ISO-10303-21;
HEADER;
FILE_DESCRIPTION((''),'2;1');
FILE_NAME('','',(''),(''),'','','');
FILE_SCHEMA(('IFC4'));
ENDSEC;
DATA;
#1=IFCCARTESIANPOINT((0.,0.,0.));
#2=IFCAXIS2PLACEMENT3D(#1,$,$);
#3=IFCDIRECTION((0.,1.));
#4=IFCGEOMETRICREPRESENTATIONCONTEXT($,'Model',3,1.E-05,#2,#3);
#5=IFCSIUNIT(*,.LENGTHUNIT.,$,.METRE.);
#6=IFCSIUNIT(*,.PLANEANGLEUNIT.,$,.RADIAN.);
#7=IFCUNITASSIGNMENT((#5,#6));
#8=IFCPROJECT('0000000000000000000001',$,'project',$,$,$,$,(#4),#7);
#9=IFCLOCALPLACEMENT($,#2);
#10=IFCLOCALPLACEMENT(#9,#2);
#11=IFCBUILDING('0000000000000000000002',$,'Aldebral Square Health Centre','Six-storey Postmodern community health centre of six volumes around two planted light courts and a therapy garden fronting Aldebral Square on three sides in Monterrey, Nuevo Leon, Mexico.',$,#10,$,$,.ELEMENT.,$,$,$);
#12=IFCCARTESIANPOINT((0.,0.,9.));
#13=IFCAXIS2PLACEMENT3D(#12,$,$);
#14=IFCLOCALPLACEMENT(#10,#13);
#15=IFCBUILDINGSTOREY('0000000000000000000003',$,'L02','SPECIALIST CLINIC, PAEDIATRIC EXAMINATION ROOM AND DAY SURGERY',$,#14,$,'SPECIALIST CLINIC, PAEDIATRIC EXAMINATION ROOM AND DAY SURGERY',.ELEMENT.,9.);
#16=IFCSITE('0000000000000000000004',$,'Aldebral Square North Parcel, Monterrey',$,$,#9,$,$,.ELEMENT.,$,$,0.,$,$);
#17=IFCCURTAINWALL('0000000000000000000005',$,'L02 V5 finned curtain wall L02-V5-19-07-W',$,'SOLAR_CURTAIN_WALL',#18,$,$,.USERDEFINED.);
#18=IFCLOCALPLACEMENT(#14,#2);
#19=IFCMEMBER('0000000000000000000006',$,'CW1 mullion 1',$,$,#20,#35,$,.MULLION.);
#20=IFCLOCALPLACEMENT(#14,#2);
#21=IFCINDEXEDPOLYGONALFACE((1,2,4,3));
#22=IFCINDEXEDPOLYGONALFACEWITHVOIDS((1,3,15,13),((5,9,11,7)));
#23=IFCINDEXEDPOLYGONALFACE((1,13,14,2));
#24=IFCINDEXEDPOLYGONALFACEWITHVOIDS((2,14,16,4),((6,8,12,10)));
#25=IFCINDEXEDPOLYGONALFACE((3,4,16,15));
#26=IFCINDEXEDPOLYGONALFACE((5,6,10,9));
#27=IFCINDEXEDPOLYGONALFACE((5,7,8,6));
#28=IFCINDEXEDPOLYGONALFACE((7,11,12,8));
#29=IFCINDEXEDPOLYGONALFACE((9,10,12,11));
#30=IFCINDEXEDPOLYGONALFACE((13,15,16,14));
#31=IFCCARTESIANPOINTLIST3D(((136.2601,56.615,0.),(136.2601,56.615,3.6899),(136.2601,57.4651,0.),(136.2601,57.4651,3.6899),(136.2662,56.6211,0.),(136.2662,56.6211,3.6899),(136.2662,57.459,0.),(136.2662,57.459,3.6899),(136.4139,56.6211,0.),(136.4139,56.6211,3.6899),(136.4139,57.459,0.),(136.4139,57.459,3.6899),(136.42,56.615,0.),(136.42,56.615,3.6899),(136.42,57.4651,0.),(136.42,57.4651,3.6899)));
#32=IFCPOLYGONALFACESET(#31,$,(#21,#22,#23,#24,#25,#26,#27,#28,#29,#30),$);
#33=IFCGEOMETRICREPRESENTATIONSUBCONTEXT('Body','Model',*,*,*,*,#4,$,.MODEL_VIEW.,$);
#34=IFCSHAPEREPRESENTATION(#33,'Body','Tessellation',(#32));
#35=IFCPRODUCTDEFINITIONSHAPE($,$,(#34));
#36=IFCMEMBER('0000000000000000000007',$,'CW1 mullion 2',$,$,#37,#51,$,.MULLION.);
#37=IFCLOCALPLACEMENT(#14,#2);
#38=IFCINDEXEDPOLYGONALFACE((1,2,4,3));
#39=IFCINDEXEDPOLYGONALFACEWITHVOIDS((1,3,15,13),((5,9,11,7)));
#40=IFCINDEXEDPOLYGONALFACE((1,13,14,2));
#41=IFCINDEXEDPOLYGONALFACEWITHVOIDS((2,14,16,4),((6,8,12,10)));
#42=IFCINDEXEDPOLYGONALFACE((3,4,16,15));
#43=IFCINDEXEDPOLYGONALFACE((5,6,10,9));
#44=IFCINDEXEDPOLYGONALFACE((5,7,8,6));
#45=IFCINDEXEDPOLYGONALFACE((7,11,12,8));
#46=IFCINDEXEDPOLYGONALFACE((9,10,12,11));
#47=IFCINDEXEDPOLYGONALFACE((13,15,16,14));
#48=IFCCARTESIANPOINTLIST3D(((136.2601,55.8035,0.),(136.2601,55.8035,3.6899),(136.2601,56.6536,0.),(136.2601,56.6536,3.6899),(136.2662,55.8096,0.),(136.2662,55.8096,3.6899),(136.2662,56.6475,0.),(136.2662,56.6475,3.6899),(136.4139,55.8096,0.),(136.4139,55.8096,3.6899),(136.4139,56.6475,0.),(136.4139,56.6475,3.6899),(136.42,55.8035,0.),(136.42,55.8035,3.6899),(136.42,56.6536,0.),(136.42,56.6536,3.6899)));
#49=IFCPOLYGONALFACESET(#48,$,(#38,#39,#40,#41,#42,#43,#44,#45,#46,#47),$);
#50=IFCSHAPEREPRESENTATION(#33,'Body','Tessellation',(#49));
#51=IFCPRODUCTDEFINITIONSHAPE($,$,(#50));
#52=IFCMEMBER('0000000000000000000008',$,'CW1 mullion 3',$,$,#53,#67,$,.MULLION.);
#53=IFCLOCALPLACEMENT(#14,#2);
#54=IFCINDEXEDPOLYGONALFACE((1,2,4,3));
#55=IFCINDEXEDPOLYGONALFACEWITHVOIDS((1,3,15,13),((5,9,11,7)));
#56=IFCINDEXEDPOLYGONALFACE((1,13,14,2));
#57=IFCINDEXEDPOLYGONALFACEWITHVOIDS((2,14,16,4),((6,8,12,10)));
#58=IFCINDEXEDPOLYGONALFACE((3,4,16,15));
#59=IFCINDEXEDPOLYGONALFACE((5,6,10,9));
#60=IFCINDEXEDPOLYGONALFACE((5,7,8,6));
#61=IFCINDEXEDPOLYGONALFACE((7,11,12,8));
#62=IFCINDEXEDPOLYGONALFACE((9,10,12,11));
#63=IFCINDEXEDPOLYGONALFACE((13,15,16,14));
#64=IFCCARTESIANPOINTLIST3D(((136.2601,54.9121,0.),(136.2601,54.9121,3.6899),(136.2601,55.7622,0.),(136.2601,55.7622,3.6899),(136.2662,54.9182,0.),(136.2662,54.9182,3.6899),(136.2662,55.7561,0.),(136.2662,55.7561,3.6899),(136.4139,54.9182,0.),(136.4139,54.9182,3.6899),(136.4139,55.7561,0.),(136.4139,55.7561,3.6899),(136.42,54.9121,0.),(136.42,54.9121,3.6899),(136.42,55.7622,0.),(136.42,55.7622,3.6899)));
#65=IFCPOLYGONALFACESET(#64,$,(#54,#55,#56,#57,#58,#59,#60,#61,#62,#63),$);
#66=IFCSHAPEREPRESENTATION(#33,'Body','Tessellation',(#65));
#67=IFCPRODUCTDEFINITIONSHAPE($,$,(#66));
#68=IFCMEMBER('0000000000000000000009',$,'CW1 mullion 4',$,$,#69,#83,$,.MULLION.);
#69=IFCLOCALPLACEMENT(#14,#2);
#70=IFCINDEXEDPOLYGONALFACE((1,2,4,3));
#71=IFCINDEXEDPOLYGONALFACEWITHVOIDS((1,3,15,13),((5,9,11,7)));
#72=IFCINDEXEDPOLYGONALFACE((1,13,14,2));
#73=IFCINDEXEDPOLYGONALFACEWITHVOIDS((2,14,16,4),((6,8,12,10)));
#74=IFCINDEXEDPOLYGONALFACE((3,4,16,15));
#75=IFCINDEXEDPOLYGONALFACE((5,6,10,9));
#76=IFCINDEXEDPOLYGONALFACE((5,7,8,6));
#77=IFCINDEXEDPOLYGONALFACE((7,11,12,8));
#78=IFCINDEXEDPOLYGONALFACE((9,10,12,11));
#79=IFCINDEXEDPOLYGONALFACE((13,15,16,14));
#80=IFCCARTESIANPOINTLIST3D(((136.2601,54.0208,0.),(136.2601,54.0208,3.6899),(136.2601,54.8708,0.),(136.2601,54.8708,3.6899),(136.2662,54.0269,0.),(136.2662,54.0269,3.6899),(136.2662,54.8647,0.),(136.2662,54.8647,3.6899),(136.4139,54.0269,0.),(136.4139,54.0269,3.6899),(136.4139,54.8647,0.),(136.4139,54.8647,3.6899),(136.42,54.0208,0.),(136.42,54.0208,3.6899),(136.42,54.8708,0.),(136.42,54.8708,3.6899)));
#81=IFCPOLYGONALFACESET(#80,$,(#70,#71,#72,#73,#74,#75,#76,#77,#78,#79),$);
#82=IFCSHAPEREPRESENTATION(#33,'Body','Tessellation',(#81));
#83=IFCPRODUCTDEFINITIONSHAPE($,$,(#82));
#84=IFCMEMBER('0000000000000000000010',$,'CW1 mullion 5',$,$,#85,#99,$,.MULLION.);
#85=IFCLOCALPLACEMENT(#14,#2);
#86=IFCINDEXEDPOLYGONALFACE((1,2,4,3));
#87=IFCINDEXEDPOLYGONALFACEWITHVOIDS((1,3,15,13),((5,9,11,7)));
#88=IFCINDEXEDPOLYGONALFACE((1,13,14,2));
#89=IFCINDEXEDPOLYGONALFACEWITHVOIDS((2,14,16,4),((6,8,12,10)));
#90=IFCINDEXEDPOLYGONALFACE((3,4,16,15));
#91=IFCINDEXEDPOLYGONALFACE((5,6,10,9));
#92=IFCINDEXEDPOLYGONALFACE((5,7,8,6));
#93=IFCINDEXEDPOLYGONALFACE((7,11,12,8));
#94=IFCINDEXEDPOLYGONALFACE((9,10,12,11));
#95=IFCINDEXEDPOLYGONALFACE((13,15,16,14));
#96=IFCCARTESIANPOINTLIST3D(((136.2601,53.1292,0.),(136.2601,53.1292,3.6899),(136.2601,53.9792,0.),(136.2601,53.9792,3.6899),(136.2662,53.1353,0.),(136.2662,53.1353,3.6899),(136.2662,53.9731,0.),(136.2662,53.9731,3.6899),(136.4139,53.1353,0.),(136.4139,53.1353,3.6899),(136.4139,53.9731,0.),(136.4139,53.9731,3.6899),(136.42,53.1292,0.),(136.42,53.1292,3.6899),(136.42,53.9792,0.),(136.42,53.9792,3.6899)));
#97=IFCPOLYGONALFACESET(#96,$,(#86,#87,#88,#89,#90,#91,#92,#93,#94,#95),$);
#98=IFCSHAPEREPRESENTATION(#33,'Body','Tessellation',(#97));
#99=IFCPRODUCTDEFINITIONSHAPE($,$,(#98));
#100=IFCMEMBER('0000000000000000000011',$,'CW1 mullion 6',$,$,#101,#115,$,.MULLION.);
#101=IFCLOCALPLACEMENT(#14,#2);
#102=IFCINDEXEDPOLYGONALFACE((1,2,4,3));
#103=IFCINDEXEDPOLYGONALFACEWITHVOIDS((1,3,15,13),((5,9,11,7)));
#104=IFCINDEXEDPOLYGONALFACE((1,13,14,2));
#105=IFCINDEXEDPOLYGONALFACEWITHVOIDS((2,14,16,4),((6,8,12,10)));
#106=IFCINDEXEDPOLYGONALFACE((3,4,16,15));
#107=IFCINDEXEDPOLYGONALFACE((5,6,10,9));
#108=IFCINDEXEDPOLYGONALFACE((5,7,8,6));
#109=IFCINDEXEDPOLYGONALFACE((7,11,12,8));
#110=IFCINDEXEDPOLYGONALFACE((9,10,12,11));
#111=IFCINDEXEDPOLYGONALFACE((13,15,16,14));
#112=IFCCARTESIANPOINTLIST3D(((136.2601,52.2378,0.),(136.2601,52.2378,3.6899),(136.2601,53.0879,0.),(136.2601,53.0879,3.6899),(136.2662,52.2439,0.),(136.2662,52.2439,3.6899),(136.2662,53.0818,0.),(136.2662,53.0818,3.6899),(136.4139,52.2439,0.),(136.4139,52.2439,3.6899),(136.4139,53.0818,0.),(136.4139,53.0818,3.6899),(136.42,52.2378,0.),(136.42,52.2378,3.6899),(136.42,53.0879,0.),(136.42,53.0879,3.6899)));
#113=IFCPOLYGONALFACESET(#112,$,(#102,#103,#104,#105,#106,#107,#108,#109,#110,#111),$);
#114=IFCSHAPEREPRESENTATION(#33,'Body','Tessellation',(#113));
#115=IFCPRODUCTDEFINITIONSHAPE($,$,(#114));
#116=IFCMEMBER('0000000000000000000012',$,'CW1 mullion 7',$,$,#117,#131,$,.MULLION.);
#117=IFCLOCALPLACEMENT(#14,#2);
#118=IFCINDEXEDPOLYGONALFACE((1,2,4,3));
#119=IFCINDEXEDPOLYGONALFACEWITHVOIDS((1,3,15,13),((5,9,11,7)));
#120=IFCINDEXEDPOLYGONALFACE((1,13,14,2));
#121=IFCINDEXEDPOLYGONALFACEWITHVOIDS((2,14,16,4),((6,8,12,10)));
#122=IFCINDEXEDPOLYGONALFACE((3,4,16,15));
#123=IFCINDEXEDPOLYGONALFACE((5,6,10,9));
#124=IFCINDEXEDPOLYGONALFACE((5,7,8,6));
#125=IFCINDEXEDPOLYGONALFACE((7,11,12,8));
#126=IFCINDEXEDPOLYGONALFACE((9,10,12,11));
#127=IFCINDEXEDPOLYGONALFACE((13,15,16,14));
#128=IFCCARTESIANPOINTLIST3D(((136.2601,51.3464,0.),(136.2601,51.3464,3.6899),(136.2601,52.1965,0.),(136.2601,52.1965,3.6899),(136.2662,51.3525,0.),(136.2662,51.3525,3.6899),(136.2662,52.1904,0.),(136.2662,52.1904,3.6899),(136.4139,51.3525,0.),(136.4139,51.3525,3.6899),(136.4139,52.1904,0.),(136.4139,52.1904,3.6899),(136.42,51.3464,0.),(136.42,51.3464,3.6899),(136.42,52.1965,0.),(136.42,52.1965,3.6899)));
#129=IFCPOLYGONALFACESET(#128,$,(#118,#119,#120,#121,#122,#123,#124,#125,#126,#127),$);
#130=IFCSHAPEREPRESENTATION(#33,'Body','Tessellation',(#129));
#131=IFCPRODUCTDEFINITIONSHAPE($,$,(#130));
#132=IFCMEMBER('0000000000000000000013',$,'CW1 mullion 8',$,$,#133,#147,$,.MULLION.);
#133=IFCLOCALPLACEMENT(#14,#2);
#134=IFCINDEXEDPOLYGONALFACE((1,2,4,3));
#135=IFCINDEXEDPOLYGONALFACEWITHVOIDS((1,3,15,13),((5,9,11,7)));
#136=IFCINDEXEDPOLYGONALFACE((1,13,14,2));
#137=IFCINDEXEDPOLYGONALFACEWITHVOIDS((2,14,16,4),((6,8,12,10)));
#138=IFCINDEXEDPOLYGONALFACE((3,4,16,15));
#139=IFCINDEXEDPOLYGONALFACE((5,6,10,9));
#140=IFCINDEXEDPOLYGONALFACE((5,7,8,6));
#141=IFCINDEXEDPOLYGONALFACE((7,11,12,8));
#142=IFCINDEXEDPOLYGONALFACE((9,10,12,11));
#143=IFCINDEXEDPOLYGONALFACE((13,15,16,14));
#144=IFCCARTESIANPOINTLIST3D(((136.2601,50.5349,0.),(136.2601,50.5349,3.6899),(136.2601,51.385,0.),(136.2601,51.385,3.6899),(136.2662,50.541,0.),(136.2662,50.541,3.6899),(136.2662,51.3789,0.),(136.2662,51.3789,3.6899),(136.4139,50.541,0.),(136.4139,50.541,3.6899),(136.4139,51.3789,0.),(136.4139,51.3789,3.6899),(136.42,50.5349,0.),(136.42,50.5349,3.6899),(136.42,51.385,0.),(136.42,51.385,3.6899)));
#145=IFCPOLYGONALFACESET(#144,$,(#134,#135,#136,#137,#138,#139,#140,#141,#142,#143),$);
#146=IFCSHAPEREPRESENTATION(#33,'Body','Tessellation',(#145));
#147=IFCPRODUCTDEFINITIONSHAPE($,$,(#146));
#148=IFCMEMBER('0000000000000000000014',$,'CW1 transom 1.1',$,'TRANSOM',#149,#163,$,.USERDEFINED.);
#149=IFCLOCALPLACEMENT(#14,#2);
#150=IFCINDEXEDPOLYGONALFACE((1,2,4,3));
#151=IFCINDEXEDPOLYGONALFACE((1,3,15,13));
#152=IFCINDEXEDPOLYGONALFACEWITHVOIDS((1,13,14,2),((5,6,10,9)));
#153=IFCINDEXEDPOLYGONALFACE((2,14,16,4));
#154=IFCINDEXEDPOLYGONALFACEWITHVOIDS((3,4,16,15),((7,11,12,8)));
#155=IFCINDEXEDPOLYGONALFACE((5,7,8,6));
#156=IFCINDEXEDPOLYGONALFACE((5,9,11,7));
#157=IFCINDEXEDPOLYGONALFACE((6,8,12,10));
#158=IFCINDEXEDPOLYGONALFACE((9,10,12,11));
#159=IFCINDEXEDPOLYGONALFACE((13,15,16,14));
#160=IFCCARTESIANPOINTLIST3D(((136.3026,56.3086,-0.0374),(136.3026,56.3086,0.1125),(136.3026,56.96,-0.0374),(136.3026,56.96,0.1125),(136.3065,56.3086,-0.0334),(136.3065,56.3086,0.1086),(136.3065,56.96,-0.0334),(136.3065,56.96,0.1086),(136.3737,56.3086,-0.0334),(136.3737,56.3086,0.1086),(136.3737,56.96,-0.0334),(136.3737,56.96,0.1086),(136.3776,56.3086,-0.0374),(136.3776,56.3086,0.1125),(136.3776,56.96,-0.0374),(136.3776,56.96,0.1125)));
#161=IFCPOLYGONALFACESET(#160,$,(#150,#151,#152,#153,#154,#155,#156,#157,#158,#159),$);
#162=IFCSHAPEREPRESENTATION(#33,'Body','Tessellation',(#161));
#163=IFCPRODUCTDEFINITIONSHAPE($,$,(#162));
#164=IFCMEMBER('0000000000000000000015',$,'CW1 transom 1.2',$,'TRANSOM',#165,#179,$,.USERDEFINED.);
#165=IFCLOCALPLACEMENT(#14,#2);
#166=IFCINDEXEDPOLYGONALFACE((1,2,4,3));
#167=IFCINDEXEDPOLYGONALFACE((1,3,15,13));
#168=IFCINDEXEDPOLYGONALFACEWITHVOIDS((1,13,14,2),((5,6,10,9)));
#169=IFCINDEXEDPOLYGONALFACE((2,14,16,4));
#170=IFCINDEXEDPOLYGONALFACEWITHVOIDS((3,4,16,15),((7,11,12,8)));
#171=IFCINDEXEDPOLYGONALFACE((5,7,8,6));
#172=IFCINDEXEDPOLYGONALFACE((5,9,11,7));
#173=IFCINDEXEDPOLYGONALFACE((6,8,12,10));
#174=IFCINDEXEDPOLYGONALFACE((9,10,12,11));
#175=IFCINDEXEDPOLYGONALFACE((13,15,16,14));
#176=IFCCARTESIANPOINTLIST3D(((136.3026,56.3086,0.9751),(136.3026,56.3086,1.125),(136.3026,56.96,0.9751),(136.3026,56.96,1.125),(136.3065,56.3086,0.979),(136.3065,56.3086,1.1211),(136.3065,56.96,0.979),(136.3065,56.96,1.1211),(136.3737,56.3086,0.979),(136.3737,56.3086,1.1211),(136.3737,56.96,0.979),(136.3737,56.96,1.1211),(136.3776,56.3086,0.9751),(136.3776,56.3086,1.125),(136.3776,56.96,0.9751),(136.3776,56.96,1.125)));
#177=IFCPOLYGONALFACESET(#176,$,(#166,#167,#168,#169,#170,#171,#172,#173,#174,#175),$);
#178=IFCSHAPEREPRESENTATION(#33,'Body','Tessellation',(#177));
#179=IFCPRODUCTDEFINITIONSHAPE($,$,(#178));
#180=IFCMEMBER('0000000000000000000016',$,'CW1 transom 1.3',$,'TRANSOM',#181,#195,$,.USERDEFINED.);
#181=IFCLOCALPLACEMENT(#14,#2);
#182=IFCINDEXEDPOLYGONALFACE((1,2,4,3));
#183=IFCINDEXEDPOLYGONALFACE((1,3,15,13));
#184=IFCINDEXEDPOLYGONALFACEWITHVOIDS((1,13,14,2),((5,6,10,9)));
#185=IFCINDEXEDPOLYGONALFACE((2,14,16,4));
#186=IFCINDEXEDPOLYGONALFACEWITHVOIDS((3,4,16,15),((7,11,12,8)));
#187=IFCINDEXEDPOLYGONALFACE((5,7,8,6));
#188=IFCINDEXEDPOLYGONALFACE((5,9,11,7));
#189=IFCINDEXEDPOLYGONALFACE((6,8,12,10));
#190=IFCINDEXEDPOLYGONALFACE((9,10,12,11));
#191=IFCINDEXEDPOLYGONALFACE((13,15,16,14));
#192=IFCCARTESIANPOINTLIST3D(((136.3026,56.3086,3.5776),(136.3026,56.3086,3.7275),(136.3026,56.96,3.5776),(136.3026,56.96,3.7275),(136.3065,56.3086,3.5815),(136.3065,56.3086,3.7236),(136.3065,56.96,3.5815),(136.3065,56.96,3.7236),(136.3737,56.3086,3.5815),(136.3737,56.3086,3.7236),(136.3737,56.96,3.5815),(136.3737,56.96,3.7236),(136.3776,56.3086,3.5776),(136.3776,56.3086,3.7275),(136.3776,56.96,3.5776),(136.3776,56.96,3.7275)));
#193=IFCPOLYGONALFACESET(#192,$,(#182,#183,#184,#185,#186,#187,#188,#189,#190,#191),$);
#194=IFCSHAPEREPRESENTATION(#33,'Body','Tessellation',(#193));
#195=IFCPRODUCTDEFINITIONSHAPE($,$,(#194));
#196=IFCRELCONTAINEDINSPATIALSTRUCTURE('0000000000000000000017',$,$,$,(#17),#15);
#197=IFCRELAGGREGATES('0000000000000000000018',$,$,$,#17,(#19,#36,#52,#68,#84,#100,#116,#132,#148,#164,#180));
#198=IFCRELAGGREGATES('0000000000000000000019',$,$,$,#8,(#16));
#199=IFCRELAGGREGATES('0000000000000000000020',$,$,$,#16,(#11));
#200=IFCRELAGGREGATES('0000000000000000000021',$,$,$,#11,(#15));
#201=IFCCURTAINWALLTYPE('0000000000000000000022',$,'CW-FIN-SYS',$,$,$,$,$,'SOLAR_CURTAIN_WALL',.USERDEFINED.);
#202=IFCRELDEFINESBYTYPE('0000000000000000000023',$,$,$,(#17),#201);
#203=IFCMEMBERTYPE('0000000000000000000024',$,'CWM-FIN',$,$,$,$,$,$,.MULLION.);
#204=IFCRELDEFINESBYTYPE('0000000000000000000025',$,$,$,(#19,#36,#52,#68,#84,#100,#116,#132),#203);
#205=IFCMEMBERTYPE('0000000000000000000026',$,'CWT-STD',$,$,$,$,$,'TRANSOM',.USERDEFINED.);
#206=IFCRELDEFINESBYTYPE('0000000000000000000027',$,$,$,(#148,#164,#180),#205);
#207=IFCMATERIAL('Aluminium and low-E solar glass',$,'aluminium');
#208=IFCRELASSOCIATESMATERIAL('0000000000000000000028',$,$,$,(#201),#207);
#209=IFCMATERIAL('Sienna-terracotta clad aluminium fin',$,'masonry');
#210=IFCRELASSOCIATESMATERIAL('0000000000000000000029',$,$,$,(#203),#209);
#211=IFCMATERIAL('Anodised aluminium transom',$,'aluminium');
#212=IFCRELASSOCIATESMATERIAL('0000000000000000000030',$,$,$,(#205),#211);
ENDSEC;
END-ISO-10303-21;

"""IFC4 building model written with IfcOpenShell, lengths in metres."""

from ifc_helpers import new_model, si_unit, direction, frame, origin, origin_2d, place, context, subcontext, project, spatial, hollow_rectangle, extrude, material, material_profile, profile_set, type_object, element, aggregate, save


model = new_model("IFC4")

# Units and contexts
model_context = context("Model", 3, precision=1e-05, world=origin(), true_north=direction((0.0, 1.0)))
body_context = subcontext(model_context, "Body", "Model", "MODEL_VIEW")
ifc_project = project(units=[si_unit("LENGTHUNIT", "METRE"), si_unit("PLANEANGLEUNIT", "RADIAN")], contexts=[model_context])

# Site, building, storey
site_placement = place(None, origin())
site = spatial("IfcSite", under=ifc_project, at=site_placement, Name="Aldebral Square North Parcel, Monterrey", CompositionType="ELEMENT", RefElevation=0.0)
building_placement = place(site_placement, origin())
building = spatial("IfcBuilding", under=site, at=building_placement, Name="Aldebral Square Health Centre", Description="Six-storey Postmodern community health centre of six volumes around two planted light courts and a therapy garden fronting Aldebral Square on three sides in Monterrey, Nuevo Leon, Mexico.", CompositionType="ELEMENT")
storey_placement = place(building_placement, frame((0.0, 0.0, 9.0)))
storey = spatial("IfcBuildingStorey", under=building, at=storey_placement, Name="L02", Description="SPECIALIST CLINIC, PAEDIATRIC EXAMINATION ROOM AND DAY SURGERY", LongName="SPECIALIST CLINIC, PAEDIATRIC EXAMINATION ROOM AND DAY SURGERY", CompositionType="ELEMENT", Elevation=9.0)

# Curtain wall, members
ifc_material_1 = material(Name="Aluminium and low-E solar glass", Category="aluminium")
curtain_wall_type = type_object("IfcCurtainWallType", Name="CW-FIN-SYS", ElementType="SOLAR_CURTAIN_WALL", PredefinedType="USERDEFINED", material=ifc_material_1)
curtain_wall_placement = place(storey_placement, origin())
curtain_wall = element("IfcCurtainWall", 1, at=curtain_wall_placement, inside=storey, type_object=curtain_wall_type, Name="L02 V5 finned curtain wall L02-V5-19-07-W", ObjectType="SOLAR_CURTAIN_WALL", PredefinedType="USERDEFINED")
ifc_material_2 = material(Name="Sienna-terracotta clad aluminium fin", Category="masonry")
ifc_material_profile_1 = material_profile(ifc_material_2, hollow_rectangle(XDim=0.1599, YDim=0.8501, WallThickness=0.0061, at=origin_2d()), Name="FIN 160x850x6")
ifc_profile_set_1 = profile_set([ifc_material_profile_1], Name="Sienna-terracotta clad aluminium fin")
member_type_1 = type_object("IfcMemberType", Name="CWM-FIN", PredefinedType="MULLION", material=ifc_profile_set_1)
member_1_placement = place(storey_placement, frame((136.3401, 57.04, 0.0), z_axis=(0.0, 0.0, 1.0), x_axis=(1.0, 0.0, 0.0)))
member_1 = element("IfcMember", 2, at=member_1_placement, type_object=member_type_1, Name="CW1 mullion 1", PredefinedType="MULLION", context=body_context, shape_type="SweptSolid", body=[
    extrude(hollow_rectangle(XDim=0.1599, YDim=0.8501, WallThickness=0.0061, at=origin_2d()), origin(), (0.0, 0.0, 1.0), 3.6899),
])
member_2_placement = place(storey_placement, frame((136.3401, 56.2285, 0.0), z_axis=(0.0, 0.0, 1.0), x_axis=(1.0, 0.0, 0.0)))
member_2 = element("IfcMember", 3, at=member_2_placement, type_object=member_type_1, Name="CW1 mullion 2", PredefinedType="MULLION", context=body_context, shape_type="SweptSolid", body=[
    extrude(hollow_rectangle(XDim=0.1599, YDim=0.8501, WallThickness=0.0061, at=origin_2d()), origin(), (0.0, 0.0, 1.0), 3.6899),
])
member_3_placement = place(storey_placement, frame((136.3401, 55.3372, 0.0), z_axis=(0.0, 0.0, 1.0), x_axis=(1.0, 0.0, 0.0)))
member_3 = element("IfcMember", 4, at=member_3_placement, type_object=member_type_1, Name="CW1 mullion 3", PredefinedType="MULLION", context=body_context, shape_type="SweptSolid", body=[
    extrude(hollow_rectangle(XDim=0.1599, YDim=0.8501, WallThickness=0.0061, at=origin_2d()), origin(), (0.0, 0.0, 1.0), 3.6899),
])
member_4_placement = place(storey_placement, frame((136.3401, 54.4458, 0.0), z_axis=(0.0, 0.0, 1.0), x_axis=(1.0, 0.0, 0.0)))
member_4 = element("IfcMember", 5, at=member_4_placement, type_object=member_type_1, Name="CW1 mullion 4", PredefinedType="MULLION", context=body_context, shape_type="SweptSolid", body=[
    extrude(hollow_rectangle(XDim=0.1599, YDim=0.8501, WallThickness=0.0061, at=origin_2d()), origin(), (0.0, 0.0, 1.0), 3.6899),
])
member_5_placement = place(storey_placement, frame((136.3401, 53.5542, 0.0), z_axis=(0.0, 0.0, 1.0), x_axis=(1.0, 0.0, 0.0)))
member_5 = element("IfcMember", 6, at=member_5_placement, type_object=member_type_1, Name="CW1 mullion 5", PredefinedType="MULLION", context=body_context, shape_type="SweptSolid", body=[
    extrude(hollow_rectangle(XDim=0.1599, YDim=0.8501, WallThickness=0.0061, at=origin_2d()), origin(), (0.0, 0.0, 1.0), 3.6899),
])
member_6_placement = place(storey_placement, frame((136.3401, 52.6628, 0.0), z_axis=(0.0, 0.0, 1.0), x_axis=(1.0, 0.0, 0.0)))
member_6 = element("IfcMember", 7, at=member_6_placement, type_object=member_type_1, Name="CW1 mullion 6", PredefinedType="MULLION", context=body_context, shape_type="SweptSolid", body=[
    extrude(hollow_rectangle(XDim=0.1599, YDim=0.8501, WallThickness=0.0061, at=origin_2d()), origin(), (0.0, 0.0, 1.0), 3.6899),
])
member_7_placement = place(storey_placement, frame((136.3401, 51.7715, 0.0), z_axis=(0.0, 0.0, 1.0), x_axis=(1.0, 0.0, 0.0)))
member_7 = element("IfcMember", 8, at=member_7_placement, type_object=member_type_1, Name="CW1 mullion 7", PredefinedType="MULLION", context=body_context, shape_type="SweptSolid", body=[
    extrude(hollow_rectangle(XDim=0.1599, YDim=0.8501, WallThickness=0.0061, at=origin_2d()), origin(), (0.0, 0.0, 1.0), 3.6899),
])
member_8_placement = place(storey_placement, frame((136.3401, 50.96, 0.0), z_axis=(0.0, 0.0, 1.0), x_axis=(1.0, 0.0, 0.0)))
member_8 = element("IfcMember", 9, at=member_8_placement, type_object=member_type_1, Name="CW1 mullion 8", PredefinedType="MULLION", context=body_context, shape_type="SweptSolid", body=[
    extrude(hollow_rectangle(XDim=0.1599, YDim=0.8501, WallThickness=0.0061, at=origin_2d()), origin(), (0.0, 0.0, 1.0), 3.6899),
])
ifc_material_3 = material(Name="Anodised aluminium transom", Category="aluminium")
ifc_material_profile_2 = material_profile(ifc_material_3, hollow_rectangle(XDim=0.075, YDim=0.1499, WallThickness=0.0039, at=origin_2d()), Name="CWT 75x150x4")
ifc_profile_set_2 = profile_set([ifc_material_profile_2], Name="Anodised aluminium transom")
member_type_2 = type_object("IfcMemberType", Name="CWT-STD", ElementType="TRANSOM", PredefinedType="USERDEFINED", material=ifc_profile_set_2)
member_9_placement = place(storey_placement, frame((136.3401, 56.96, 0.0376), z_axis=(0.0, -1.0, 0.0), x_axis=(1.0, 0.0, 0.0)))
member_9 = element("IfcMember", 10, at=member_9_placement, type_object=member_type_2, Name="CW1 transom 1.1", ObjectType="TRANSOM", PredefinedType="USERDEFINED", context=body_context, shape_type="SweptSolid", body=[
    extrude(hollow_rectangle(XDim=0.075, YDim=0.1499, WallThickness=0.0039, at=origin_2d()), origin(), (0.0, 0.0, 1.0), 0.6514),
])
member_10_placement = place(storey_placement, frame((136.3401, 56.96, 1.05), z_axis=(0.0, -1.0, 0.0), x_axis=(1.0, 0.0, 0.0)))
member_10 = element("IfcMember", 11, at=member_10_placement, type_object=member_type_2, Name="CW1 transom 1.2", ObjectType="TRANSOM", PredefinedType="USERDEFINED", context=body_context, shape_type="SweptSolid", body=[
    extrude(hollow_rectangle(XDim=0.075, YDim=0.1499, WallThickness=0.0039, at=origin_2d()), origin(), (0.0, 0.0, 1.0), 0.6514),
])
member_11_placement = place(storey_placement, frame((136.3401, 56.96, 3.6526), z_axis=(0.0, -1.0, 0.0), x_axis=(1.0, 0.0, 0.0)))
member_11 = element("IfcMember", 12, at=member_11_placement, type_object=member_type_2, Name="CW1 transom 1.3", ObjectType="TRANSOM", PredefinedType="USERDEFINED", context=body_context, shape_type="SweptSolid", body=[
    extrude(hollow_rectangle(XDim=0.075, YDim=0.1499, WallThickness=0.0039, at=origin_2d()), origin(), (0.0, 0.0, 1.0), 0.6514),
])
aggregate(curtain_wall, [member_1, member_2, member_3, member_4, member_5, member_6, member_7, member_8, member_9, member_10, member_11])

save(model, "model.ifc")
